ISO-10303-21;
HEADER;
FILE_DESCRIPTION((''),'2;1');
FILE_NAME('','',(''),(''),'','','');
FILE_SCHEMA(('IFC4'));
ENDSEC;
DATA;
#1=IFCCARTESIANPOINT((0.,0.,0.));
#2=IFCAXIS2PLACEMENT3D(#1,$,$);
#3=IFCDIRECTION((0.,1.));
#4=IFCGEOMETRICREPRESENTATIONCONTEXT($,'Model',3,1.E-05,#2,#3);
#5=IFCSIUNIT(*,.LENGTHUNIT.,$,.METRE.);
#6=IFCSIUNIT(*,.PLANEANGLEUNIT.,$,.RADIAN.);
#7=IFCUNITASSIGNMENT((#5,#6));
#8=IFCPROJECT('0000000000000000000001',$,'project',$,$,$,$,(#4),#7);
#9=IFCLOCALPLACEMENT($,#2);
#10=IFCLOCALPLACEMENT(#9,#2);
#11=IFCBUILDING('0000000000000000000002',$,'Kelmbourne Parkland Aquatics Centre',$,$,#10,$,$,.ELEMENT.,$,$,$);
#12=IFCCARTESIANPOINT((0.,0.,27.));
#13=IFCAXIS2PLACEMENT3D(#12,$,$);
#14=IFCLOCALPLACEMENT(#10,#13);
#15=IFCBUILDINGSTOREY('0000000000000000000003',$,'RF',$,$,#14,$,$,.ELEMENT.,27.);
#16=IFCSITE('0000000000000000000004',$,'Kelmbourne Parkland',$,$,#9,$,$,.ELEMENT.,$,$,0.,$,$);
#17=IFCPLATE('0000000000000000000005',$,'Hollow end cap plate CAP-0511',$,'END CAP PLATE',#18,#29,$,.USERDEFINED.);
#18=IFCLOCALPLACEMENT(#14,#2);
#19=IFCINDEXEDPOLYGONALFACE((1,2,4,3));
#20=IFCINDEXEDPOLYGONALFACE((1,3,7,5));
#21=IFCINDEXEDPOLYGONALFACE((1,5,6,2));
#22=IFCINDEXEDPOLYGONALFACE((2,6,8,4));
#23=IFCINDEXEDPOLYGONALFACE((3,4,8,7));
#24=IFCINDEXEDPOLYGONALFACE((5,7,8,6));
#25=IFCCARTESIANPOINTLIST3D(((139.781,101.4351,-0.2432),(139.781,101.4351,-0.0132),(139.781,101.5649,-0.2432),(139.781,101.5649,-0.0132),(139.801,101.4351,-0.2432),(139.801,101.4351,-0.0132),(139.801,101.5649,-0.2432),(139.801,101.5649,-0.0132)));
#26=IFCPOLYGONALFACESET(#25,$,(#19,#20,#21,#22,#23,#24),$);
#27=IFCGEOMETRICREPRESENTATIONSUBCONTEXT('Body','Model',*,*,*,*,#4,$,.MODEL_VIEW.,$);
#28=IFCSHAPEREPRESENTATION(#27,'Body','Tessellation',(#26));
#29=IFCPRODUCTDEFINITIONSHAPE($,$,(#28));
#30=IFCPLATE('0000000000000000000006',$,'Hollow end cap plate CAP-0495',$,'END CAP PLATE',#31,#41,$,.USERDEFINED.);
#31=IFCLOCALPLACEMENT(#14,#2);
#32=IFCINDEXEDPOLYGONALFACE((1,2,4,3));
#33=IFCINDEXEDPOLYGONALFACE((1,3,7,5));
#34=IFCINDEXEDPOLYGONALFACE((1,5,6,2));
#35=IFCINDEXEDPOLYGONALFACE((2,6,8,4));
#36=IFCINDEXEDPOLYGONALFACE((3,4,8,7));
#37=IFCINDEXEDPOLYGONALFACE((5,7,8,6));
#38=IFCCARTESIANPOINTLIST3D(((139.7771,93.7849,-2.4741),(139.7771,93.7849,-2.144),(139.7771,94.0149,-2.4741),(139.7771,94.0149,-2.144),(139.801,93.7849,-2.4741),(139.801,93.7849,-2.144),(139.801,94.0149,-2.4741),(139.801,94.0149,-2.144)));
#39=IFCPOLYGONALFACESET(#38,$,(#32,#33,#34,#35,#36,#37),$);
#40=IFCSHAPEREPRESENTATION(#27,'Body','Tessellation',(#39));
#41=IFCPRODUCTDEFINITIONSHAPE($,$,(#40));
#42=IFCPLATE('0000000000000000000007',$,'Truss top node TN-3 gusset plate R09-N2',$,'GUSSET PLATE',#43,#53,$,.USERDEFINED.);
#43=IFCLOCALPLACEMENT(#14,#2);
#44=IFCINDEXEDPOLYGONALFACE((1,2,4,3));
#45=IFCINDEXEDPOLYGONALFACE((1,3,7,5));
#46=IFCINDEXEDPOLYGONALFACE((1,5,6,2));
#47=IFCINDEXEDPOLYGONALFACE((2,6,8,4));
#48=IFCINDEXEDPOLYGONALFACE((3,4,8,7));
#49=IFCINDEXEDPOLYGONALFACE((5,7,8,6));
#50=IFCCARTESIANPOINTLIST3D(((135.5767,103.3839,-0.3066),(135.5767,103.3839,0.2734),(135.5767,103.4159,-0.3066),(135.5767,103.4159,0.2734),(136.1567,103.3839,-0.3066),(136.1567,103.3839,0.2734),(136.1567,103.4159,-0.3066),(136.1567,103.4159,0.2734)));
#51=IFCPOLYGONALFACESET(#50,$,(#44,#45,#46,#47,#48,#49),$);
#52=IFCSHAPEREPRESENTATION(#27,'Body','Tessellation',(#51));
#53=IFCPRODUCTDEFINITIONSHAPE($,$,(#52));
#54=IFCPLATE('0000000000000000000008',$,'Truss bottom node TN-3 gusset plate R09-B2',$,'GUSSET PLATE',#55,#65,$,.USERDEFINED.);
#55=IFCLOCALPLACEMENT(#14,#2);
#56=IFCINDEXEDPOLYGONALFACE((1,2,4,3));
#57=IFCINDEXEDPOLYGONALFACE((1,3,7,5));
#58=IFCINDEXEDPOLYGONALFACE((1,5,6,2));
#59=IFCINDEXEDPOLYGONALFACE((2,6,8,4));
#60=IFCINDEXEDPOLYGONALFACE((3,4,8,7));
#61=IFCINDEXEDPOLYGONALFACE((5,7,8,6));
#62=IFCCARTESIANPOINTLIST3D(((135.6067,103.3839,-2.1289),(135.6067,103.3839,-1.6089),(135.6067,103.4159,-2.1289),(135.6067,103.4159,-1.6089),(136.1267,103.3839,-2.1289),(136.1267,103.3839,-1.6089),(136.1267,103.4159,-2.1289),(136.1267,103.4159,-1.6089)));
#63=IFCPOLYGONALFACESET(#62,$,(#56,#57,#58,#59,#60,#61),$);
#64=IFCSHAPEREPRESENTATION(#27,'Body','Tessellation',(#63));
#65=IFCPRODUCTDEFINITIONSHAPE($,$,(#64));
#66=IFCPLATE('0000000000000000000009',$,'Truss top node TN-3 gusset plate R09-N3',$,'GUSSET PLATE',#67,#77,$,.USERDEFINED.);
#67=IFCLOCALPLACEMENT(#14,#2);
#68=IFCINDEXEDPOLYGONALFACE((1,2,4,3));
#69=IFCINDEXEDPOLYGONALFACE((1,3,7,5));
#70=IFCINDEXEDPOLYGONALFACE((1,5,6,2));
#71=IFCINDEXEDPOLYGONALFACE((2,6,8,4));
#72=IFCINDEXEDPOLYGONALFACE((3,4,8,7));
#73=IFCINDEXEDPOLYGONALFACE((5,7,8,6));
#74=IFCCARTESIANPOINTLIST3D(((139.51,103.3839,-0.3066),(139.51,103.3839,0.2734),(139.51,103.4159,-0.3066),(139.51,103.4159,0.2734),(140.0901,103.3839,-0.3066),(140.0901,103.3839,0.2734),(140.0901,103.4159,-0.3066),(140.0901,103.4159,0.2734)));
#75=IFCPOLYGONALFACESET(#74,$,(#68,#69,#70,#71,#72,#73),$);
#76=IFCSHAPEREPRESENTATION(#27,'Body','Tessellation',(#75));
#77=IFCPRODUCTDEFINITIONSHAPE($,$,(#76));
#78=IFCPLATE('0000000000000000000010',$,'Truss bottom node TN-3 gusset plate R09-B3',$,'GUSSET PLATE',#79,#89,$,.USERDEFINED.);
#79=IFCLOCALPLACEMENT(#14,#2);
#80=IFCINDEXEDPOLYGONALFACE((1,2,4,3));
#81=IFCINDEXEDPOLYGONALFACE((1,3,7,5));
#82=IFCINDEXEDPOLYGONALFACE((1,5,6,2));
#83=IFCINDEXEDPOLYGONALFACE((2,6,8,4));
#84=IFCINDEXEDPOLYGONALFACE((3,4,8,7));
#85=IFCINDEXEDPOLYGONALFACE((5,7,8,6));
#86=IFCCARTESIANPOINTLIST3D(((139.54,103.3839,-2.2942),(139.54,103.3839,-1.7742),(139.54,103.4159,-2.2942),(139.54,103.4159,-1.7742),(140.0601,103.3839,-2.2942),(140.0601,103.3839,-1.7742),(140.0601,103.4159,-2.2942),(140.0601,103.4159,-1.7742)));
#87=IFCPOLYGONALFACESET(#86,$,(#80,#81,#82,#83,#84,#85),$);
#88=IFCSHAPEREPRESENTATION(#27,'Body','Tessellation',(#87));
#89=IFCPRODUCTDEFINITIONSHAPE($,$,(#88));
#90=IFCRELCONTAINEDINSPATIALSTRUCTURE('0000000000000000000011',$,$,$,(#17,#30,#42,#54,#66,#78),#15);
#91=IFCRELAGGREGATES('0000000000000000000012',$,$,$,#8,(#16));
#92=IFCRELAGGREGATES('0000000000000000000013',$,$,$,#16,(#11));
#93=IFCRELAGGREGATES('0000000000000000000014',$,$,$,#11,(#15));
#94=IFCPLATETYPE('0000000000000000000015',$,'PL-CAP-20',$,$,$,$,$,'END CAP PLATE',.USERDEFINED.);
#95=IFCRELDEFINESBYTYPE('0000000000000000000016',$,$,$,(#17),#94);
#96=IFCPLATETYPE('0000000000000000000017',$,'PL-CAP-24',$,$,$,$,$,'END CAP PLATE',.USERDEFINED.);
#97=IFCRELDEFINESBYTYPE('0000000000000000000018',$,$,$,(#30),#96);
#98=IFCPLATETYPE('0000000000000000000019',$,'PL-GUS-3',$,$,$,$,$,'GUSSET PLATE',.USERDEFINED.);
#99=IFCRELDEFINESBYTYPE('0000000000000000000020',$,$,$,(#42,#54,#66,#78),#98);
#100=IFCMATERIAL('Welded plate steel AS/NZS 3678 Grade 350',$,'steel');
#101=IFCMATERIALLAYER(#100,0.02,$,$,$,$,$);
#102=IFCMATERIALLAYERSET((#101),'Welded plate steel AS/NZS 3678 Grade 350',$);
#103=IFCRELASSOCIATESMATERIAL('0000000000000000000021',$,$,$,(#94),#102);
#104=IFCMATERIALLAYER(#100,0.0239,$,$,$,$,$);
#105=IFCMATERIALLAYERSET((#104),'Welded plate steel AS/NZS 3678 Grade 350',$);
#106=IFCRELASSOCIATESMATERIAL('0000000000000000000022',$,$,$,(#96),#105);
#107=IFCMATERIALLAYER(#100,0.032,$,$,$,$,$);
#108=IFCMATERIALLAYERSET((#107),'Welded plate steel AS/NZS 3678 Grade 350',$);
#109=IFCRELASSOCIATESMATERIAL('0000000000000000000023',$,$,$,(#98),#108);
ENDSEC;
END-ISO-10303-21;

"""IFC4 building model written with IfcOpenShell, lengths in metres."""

from ifc_helpers import new_model, si_unit, direction, frame, origin, origin_2d, place, context, subcontext, project, spatial, rectangle, extrude, material, layer, layer_set, type_object, element, save


model = new_model("IFC4")

# Units and contexts
model_context = context("Model", 3, precision=1e-05, world=origin(), true_north=direction((0.0, 1.0)))
body_context = subcontext(model_context, "Body", "Model", "MODEL_VIEW")
ifc_project = project(units=[si_unit("LENGTHUNIT", "METRE"), si_unit("PLANEANGLEUNIT", "RADIAN")], contexts=[model_context])

# Site, building, storey
site_placement = place(None, origin())
site = spatial("IfcSite", under=ifc_project, at=site_placement, Name="Kelmbourne Parkland", CompositionType="ELEMENT", RefElevation=0.0)
building_placement = place(site_placement, origin())
building = spatial("IfcBuilding", under=site, at=building_placement, Name="Kelmbourne Parkland Aquatics Centre", CompositionType="ELEMENT")
storey_placement = place(building_placement, frame((0.0, 0.0, 27.0)))
storey = spatial("IfcBuildingStorey", under=building, at=storey_placement, Name="RF", CompositionType="ELEMENT", Elevation=27.0)

# Shared definitions
ifc_material_1 = material(Name="Welded plate steel AS/NZS 3678 Grade 350", Category="steel")

# Plates
ifc_layer_1 = layer(ifc_material_1, 0.02)
ifc_layer_set_1 = layer_set([ifc_layer_1], Name="Welded plate steel AS/NZS 3678 Grade 350")
plate_type_1 = type_object("IfcPlateType", Name="PL-CAP-20", ElementType="END CAP PLATE", PredefinedType="USERDEFINED", material=ifc_layer_set_1)
plate_1_placement = place(storey_placement, frame((139.791, 101.5, -0.2432), z_axis=(0.0, 0.0, 1.0), x_axis=(-1.0, 0.0, 0.0)))
element("IfcPlate", 1, at=plate_1_placement, inside=storey, type_object=plate_type_1, Name="Hollow end cap plate CAP-0511", ObjectType="END CAP PLATE", PredefinedType="USERDEFINED", context=body_context, shape_type="SweptSolid", body=[
    extrude(rectangle(XDim=0.02, YDim=0.1299, at=origin_2d()), origin(), (0.0, 0.0, 1.0), 0.23),
])
ifc_layer_2 = layer(ifc_material_1, 0.0239)
ifc_layer_set_2 = layer_set([ifc_layer_2], Name="Welded plate steel AS/NZS 3678 Grade 350")
plate_type_2 = type_object("IfcPlateType", Name="PL-CAP-24", ElementType="END CAP PLATE", PredefinedType="USERDEFINED", material=ifc_layer_set_2)
plate_2_placement = place(storey_placement, frame((139.7891, 93.8999, -2.4741), z_axis=(0.0, 0.0, 1.0), x_axis=(-1.0, 0.0, 0.0)))
element("IfcPlate", 2, at=plate_2_placement, inside=storey, type_object=plate_type_2, Name="Hollow end cap plate CAP-0495", ObjectType="END CAP PLATE", PredefinedType="USERDEFINED", context=body_context, shape_type="SweptSolid", body=[
    extrude(rectangle(XDim=0.0239, YDim=0.23, at=origin_2d()), origin(), (0.0, 0.0, 1.0), 0.3301),
])
ifc_layer_3 = layer(ifc_material_1, 0.032)
ifc_layer_set_3 = layer_set([ifc_layer_3], Name="Welded plate steel AS/NZS 3678 Grade 350")
plate_type_3 = type_object("IfcPlateType", Name="PL-GUS-3", ElementType="GUSSET PLATE", PredefinedType="USERDEFINED", material=ifc_layer_set_3)
plate_3_placement = place(storey_placement, frame((135.8667, 103.3999, -0.3066), z_axis=(0.0, 0.0, 1.0), x_axis=(1.0, 0.0, 0.0)))
element("IfcPlate", 3, at=plate_3_placement, inside=storey, type_object=plate_type_3, Name="Truss top node TN-3 gusset plate R09-N2", ObjectType="GUSSET PLATE", PredefinedType="USERDEFINED", context=body_context, shape_type="SweptSolid", body=[
    extrude(rectangle(XDim=0.5801, YDim=0.032, at=origin_2d()), origin(), (0.0, 0.0, 1.0), 0.5801),
])
plate_4_placement = place(storey_placement, frame((135.8667, 103.3999, -2.1289), z_axis=(0.0, 0.0, 1.0), x_axis=(1.0, 0.0, 0.0)))
element("IfcPlate", 4, at=plate_4_placement, inside=storey, type_object=plate_type_3, Name="Truss bottom node TN-3 gusset plate R09-B2", ObjectType="GUSSET PLATE", PredefinedType="USERDEFINED", context=body_context, shape_type="SweptSolid", body=[
    extrude(rectangle(XDim=0.52, YDim=0.032, at=origin_2d()), origin(), (0.0, 0.0, 1.0), 0.52),
])
plate_5_placement = place(storey_placement, frame((139.8, 103.3999, -0.3066), z_axis=(0.0, 0.0, 1.0), x_axis=(1.0, 0.0, 0.0)))
element("IfcPlate", 5, at=plate_5_placement, inside=storey, type_object=plate_type_3, Name="Truss top node TN-3 gusset plate R09-N3", ObjectType="GUSSET PLATE", PredefinedType="USERDEFINED", context=body_context, shape_type="SweptSolid", body=[
    extrude(rectangle(XDim=0.5801, YDim=0.032, at=origin_2d()), origin(), (0.0, 0.0, 1.0), 0.5801),
])
plate_6_placement = place(storey_placement, frame((139.8, 103.3999, -2.2942), z_axis=(0.0, 0.0, 1.0), x_axis=(1.0, 0.0, 0.0)))
element("IfcPlate", 6, at=plate_6_placement, inside=storey, type_object=plate_type_3, Name="Truss bottom node TN-3 gusset plate R09-B3", ObjectType="GUSSET PLATE", PredefinedType="USERDEFINED", context=body_context, shape_type="SweptSolid", body=[
    extrude(rectangle(XDim=0.52, YDim=0.032, at=origin_2d()), origin(), (0.0, 0.0, 1.0), 0.52),
])

save(model, "model.ifc")
